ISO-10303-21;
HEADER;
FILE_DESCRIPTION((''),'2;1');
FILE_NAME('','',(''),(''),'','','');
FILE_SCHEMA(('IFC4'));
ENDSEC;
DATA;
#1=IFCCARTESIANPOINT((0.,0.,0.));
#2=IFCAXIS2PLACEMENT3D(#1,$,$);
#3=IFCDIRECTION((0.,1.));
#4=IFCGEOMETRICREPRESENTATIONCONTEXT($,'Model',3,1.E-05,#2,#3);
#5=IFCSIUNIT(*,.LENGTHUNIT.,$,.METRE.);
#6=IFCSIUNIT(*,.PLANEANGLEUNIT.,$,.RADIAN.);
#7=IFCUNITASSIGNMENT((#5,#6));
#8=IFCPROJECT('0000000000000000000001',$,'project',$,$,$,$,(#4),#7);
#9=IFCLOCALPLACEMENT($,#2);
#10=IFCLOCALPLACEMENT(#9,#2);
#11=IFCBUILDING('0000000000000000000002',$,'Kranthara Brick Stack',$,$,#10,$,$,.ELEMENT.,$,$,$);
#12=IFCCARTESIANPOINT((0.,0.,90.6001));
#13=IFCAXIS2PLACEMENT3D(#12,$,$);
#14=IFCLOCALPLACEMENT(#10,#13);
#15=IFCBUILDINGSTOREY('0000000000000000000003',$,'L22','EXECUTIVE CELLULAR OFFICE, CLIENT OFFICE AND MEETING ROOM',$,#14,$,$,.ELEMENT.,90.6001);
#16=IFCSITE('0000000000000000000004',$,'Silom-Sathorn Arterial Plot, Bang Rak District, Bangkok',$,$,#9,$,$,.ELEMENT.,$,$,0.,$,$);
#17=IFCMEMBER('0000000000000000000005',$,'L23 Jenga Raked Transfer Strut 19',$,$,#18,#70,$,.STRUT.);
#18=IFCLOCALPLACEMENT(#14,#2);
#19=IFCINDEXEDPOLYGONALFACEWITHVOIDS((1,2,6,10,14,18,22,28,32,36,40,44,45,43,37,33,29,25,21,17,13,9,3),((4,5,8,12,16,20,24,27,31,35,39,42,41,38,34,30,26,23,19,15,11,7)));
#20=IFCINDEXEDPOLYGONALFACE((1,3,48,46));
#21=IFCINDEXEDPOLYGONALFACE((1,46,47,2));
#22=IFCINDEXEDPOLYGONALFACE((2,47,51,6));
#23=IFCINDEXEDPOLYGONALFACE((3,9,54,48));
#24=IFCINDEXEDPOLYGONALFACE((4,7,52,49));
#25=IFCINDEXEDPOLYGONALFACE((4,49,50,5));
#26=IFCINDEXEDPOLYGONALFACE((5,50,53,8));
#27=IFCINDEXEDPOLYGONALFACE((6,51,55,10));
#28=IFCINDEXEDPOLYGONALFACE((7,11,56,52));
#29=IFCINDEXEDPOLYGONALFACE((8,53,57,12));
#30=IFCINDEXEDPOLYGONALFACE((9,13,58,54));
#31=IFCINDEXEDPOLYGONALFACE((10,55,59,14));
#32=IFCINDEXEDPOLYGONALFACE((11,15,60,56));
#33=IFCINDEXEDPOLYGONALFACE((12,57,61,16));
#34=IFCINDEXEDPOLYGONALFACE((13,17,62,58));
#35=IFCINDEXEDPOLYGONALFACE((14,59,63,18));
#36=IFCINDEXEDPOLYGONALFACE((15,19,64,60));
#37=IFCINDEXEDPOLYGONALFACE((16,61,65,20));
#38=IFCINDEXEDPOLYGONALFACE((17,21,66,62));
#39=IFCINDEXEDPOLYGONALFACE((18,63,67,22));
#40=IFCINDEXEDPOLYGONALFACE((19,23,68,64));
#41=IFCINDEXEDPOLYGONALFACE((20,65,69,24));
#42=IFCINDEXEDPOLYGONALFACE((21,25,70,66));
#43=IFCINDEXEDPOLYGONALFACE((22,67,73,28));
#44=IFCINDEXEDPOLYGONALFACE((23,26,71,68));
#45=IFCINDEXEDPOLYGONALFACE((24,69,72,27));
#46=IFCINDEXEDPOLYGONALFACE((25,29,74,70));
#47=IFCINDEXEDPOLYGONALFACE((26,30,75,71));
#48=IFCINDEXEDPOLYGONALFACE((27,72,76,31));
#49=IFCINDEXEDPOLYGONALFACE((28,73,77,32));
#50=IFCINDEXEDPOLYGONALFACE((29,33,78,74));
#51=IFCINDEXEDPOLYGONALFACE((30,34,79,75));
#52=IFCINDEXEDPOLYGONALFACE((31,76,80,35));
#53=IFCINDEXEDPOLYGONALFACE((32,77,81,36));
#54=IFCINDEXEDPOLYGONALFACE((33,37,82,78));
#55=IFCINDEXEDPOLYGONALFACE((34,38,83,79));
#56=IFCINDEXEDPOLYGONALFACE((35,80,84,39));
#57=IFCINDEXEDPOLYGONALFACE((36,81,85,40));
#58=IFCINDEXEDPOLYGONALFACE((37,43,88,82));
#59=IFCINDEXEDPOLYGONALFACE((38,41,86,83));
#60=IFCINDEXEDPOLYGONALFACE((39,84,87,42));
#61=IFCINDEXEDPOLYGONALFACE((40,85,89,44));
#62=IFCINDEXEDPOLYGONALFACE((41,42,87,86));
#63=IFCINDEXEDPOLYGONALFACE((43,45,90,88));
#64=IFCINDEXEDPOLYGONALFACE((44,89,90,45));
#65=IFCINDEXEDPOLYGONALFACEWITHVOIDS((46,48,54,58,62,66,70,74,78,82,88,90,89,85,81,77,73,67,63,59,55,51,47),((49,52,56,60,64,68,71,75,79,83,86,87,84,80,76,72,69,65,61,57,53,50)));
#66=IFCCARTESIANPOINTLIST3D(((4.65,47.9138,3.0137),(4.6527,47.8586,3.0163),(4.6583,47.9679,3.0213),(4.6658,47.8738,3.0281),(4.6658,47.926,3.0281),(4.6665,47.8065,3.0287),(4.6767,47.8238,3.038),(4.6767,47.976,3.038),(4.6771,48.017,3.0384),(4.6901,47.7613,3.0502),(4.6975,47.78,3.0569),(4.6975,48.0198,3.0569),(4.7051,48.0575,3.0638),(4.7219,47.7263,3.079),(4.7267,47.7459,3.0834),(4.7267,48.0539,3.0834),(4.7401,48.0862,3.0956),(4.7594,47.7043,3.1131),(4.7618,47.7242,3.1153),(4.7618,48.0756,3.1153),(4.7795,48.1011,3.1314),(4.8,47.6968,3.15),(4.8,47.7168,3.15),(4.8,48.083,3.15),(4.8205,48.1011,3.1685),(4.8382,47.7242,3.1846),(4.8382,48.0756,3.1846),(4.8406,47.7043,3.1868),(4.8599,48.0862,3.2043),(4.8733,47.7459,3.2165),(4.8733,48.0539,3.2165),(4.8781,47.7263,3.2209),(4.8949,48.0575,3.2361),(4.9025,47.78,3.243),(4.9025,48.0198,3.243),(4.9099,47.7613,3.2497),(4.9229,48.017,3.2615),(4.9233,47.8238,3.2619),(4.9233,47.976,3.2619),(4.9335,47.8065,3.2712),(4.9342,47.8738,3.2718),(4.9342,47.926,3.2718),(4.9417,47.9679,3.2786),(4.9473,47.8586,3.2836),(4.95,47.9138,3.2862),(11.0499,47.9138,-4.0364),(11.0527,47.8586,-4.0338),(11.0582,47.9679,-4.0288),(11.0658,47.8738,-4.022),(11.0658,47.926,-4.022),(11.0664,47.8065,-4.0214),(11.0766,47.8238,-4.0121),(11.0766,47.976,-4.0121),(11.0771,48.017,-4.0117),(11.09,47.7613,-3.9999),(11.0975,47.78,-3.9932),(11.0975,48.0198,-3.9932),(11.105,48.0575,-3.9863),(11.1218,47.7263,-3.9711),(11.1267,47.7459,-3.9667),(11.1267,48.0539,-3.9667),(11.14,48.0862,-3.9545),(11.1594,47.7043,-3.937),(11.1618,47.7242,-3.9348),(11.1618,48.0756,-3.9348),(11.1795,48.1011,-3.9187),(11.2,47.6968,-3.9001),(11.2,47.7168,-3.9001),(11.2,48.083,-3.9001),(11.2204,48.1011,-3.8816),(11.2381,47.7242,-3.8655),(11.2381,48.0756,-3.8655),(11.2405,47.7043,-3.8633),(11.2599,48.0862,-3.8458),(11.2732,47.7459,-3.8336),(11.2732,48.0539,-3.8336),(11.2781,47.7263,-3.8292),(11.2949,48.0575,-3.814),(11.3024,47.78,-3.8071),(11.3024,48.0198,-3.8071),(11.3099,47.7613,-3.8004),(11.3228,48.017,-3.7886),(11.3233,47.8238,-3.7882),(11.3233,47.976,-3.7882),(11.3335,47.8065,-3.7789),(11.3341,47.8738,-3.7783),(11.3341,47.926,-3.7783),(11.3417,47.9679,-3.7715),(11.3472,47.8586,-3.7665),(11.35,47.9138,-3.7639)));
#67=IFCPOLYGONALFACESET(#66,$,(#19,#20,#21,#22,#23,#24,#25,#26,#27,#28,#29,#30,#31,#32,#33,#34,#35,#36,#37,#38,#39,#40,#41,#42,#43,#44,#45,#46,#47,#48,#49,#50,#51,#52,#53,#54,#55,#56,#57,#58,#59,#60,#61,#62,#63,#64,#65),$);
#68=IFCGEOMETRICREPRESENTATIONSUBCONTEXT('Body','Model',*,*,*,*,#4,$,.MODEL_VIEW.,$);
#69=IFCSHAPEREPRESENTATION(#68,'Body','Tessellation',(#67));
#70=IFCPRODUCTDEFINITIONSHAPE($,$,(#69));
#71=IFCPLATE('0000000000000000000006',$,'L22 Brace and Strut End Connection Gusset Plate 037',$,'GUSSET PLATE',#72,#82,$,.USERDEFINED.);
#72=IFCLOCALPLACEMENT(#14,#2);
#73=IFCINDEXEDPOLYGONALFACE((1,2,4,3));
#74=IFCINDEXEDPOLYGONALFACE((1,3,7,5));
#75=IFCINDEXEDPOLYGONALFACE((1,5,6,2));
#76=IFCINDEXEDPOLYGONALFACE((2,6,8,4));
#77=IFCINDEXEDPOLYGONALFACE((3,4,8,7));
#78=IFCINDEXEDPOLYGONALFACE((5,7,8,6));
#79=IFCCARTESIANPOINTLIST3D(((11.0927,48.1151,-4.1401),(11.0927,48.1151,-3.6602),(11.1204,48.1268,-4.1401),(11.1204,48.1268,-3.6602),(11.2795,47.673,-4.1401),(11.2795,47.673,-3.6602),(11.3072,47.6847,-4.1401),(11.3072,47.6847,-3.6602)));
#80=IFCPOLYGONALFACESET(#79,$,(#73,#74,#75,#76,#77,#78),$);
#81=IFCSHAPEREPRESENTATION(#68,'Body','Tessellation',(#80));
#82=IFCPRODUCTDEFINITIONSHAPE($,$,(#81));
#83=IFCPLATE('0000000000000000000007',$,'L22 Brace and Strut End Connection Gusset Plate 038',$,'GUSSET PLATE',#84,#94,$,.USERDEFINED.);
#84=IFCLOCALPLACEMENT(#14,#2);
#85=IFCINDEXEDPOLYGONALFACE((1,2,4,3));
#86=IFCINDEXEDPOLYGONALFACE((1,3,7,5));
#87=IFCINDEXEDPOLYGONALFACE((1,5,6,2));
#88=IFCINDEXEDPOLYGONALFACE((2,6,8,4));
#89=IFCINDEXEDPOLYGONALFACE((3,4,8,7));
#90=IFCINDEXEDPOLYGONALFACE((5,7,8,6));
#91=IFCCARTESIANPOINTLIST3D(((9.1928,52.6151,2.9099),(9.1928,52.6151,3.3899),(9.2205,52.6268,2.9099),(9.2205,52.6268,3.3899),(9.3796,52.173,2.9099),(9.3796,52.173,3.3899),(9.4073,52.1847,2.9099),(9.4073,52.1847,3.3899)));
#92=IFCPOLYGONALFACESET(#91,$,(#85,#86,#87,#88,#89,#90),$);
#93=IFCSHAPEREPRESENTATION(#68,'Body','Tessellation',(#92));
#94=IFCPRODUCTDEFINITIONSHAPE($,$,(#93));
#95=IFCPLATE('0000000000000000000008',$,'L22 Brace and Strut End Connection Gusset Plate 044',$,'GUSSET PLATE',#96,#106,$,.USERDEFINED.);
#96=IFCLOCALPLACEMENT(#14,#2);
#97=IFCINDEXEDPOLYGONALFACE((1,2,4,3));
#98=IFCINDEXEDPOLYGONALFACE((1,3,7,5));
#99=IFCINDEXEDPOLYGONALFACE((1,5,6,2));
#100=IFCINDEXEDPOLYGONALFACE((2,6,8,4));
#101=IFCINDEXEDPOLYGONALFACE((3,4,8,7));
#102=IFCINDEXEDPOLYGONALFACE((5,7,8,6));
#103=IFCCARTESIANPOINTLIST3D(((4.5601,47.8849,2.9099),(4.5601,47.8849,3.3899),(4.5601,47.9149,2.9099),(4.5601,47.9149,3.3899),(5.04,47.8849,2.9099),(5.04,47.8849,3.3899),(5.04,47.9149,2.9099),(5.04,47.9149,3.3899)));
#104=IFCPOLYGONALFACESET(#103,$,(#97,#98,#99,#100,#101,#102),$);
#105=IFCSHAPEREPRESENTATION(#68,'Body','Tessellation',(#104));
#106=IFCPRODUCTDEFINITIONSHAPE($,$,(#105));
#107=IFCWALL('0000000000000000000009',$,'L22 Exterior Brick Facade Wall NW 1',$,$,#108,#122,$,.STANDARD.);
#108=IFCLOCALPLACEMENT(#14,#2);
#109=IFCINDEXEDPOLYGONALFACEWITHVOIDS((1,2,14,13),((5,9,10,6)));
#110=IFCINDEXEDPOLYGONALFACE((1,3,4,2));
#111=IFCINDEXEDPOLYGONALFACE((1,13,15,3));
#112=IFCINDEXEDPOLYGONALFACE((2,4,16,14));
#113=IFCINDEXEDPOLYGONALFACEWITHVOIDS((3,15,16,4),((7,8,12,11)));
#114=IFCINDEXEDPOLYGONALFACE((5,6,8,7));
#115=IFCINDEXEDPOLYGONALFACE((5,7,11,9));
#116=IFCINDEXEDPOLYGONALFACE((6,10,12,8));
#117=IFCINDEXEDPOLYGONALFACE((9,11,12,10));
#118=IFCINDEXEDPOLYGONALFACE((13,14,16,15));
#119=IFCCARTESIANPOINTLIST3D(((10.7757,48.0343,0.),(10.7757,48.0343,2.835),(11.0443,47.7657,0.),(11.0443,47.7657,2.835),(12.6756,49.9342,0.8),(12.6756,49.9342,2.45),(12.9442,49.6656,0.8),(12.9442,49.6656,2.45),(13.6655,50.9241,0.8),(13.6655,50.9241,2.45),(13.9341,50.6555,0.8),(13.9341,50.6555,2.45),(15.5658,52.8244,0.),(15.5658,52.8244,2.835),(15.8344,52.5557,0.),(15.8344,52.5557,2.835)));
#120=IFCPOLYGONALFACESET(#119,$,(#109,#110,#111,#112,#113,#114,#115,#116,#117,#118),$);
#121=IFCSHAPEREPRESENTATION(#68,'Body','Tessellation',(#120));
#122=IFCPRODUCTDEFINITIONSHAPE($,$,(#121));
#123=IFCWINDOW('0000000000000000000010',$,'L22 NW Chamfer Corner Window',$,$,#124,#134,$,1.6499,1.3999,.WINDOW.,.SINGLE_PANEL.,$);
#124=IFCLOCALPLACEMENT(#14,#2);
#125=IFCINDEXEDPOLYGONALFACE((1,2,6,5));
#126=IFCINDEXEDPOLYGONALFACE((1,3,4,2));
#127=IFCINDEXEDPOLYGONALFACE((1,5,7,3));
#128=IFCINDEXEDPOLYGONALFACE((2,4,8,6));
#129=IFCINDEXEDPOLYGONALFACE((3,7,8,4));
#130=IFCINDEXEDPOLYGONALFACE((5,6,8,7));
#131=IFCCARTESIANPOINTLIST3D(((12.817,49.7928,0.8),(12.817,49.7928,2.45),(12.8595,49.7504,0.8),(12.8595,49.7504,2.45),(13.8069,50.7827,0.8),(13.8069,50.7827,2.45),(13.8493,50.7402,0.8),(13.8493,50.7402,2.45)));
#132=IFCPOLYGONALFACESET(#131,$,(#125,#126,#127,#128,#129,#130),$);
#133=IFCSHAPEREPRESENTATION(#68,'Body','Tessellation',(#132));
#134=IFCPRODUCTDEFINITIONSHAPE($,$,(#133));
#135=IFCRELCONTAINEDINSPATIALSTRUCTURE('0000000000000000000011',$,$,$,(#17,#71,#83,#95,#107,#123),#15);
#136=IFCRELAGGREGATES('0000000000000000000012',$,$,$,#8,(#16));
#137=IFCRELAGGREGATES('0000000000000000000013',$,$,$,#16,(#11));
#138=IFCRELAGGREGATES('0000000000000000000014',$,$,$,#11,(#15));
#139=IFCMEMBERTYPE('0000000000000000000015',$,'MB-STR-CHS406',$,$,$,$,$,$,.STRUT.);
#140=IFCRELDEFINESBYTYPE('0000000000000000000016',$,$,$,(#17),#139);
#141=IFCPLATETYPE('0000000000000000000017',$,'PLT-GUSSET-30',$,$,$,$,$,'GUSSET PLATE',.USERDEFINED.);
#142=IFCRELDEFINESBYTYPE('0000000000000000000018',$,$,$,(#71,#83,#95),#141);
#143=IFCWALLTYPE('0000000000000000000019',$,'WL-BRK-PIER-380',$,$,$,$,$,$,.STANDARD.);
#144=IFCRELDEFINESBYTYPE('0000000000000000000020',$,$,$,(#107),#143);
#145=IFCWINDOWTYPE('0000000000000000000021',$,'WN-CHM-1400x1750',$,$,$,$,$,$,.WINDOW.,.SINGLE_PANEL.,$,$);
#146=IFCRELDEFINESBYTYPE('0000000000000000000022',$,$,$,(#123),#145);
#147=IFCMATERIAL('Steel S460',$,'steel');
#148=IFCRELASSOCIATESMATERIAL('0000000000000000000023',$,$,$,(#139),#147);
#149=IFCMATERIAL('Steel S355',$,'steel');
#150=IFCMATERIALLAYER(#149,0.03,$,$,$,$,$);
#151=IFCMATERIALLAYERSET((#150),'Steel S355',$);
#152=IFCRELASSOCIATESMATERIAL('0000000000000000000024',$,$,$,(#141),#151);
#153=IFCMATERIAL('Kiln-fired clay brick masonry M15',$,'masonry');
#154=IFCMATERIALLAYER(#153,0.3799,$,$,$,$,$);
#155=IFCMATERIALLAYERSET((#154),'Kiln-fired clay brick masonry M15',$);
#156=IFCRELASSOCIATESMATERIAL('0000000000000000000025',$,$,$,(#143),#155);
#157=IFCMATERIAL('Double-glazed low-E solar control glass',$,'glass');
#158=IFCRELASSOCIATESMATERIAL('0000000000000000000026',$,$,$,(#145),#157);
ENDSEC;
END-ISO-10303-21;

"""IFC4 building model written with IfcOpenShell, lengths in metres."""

from ifc_helpers import new_model, si_unit, direction, frame, frame_2d, origin, origin_2d, place, context, subcontext, project, spatial, rectangle, hollow_circle, extrude, material, layer, layer_set, material_profile, profile_set, type_object, element, fill, save


model = new_model("IFC4")

# Units and contexts
model_context = context("Model", 3, precision=1e-05, world=origin(), true_north=direction((0.0, 1.0)))
body_context = subcontext(model_context, "Body", "Model", "MODEL_VIEW")
ifc_project = project(units=[si_unit("LENGTHUNIT", "METRE"), si_unit("PLANEANGLEUNIT", "RADIAN")], contexts=[model_context])

# Site, building, storey
site_placement = place(None, origin())
site = spatial("IfcSite", under=ifc_project, at=site_placement, Name="Silom-Sathorn Arterial Plot, Bang Rak District, Bangkok", CompositionType="ELEMENT", RefElevation=0.0)
building_placement = place(site_placement, origin())
building = spatial("IfcBuilding", under=site, at=building_placement, Name="Kranthara Brick Stack", CompositionType="ELEMENT")
storey_placement = place(building_placement, frame((0.0, 0.0, 90.6001)))
storey = spatial("IfcBuildingStorey", under=building, at=storey_placement, Name="L22", Description="EXECUTIVE CELLULAR OFFICE, CLIENT OFFICE AND MEETING ROOM", CompositionType="ELEMENT", Elevation=90.6001)

# Member
ifc_material_1 = material(Name="Steel S460", Category="steel")
ifc_material_profile_1 = material_profile(ifc_material_1, hollow_circle(Radius=0.2031, WallThickness=0.02, at=origin_2d()), Name="CHS 406.4x20")
ifc_profile_set_1 = profile_set([ifc_material_profile_1], Name="Steel S460")
member_type = type_object("IfcMemberType", Name="MB-STR-CHS406", PredefinedType="STRUT", material=ifc_profile_set_1)
member_1_placement = place(storey_placement, frame((11.2, 47.8999, -3.9001), z_axis=(-0.672142, 0.0, 0.740423), x_axis=(0.0, -1.0, 0.0)))
element("IfcMember", 1, at=member_1_placement, inside=storey, type_object=member_type, Name="L23 Jenga Raked Transfer Strut 19", PredefinedType="STRUT", context=body_context, shape_type="SweptSolid", body=[
    extrude(hollow_circle(Radius=0.2031, WallThickness=0.02, at=origin_2d()), origin(), (0.0, 0.0, 1.0), 9.5217),
])

# Plates
ifc_material_2 = material(Name="Steel S355", Category="steel")
ifc_layer_1 = layer(ifc_material_2, 0.03)
ifc_layer_set_1 = layer_set([ifc_layer_1], Name="Steel S355")
plate_type = type_object("IfcPlateType", Name="PLT-GUSSET-30", ElementType="GUSSET PLATE", PredefinedType="USERDEFINED", material=ifc_layer_set_1)
for number, where, z_axis, x_axis, name in (
    (2, (11.2, 47.8999, -4.1401), (0.0, 0.0, 1.0), (-0.389124, 0.921185, 0.0), "L22 Brace and Strut End Connection Gusset Plate 037"),
    (3, (9.3, 52.3999, 2.9099), (0.0, 0.0, 1.0), (-0.389124, 0.921185, 0.0), "L22 Brace and Strut End Connection Gusset Plate 038"),
    (4, (4.8, 47.8999, 2.9099), (0.0, 0.0, 1.0), (1.0, 0.0, 0.0), "L22 Brace and Strut End Connection Gusset Plate 044"),
):
    element("IfcPlate", number, at=place(storey_placement, frame(where, z_axis=z_axis, x_axis=x_axis)), inside=storey, type_object=plate_type, Name=name, ObjectType="GUSSET PLATE", PredefinedType="USERDEFINED", context=body_context, shape_type="SweptSolid", body=[
        extrude(rectangle(XDim=0.48, YDim=0.03, at=origin_2d()), origin(), (0.0, 0.0, 1.0), 0.48),
    ])

# Wall, opening, window
ifc_material_3 = material(Name="Kiln-fired clay brick masonry M15", Category="masonry")
ifc_layer_2 = layer(ifc_material_3, 0.3799)
ifc_layer_set_2 = layer_set([ifc_layer_2], Name="Kiln-fired clay brick masonry M15")
wall_type = type_object("IfcWallType", Name="WL-BRK-PIER-380", PredefinedType="STANDARD", material=ifc_layer_set_2)
wall_1_placement = place(storey_placement, frame((10.9099, 47.8999, 0.0), z_axis=(0.0, 0.0, 1.0), x_axis=(0.707107, 0.707107, 0.0)))
wall_1 = element("IfcWall", 5, at=wall_1_placement, inside=storey, type_object=wall_type, Name="L22 Exterior Brick Facade Wall NW 1", PredefinedType="STANDARD", context=body_context, shape_type="SweptSolid", body=[
    extrude(rectangle(XDim=6.7742, YDim=0.3799, at=frame_2d((3.3872, 0.0))), origin(), (0.0, 0.0, 1.0), 2.835),
])
opening_1_placement = place(wall_1_placement, frame((2.687, 0.0, 0.8)))
opening_1 = element("IfcOpeningElement", 6, at=opening_1_placement, cuts=wall_1, PredefinedType="OPENING", context=body_context, shape_type="SweptSolid", body=[
    extrude(rectangle(XDim=1.3999, YDim=1.6499, at=frame_2d((0.7, 0.825))), frame((0.0, 0.2, 0.0), z_axis=(0.0, -1.0, 0.0), x_axis=(1.0, 0.0, 0.0)), (0.0, 0.0, 1.0), 0.3999),
])
ifc_material_4 = material(Name="Double-glazed low-E solar control glass", Category="glass")
window_type_1 = type_object("IfcWindowType", Name="WN-CHM-1400x1750", PartitioningType="SINGLE_PANEL", PredefinedType="WINDOW", material=ifc_material_4)
window_1_placement = place(opening_1_placement, origin())
window_1 = element("IfcWindow", 7, at=window_1_placement, inside=storey, type_object=window_type_1, Name="L22 NW Chamfer Corner Window", OverallHeight=1.6499, OverallWidth=1.3999, PartitioningType="SINGLE_PANEL", PredefinedType="WINDOW", context=body_context, shape_type="SweptSolid", body=[
    extrude(rectangle(XDim=1.3999, YDim=1.6499, at=frame_2d((0.7, 0.825))), frame((0.0, -0.01, 0.0), z_axis=(0.0, -1.0, 0.0), x_axis=(1.0, 0.0, 0.0)), (0.0, 0.0, 1.0), 0.0601),
])
fill(opening_1, window_1)

save(model, "model.ifc")
